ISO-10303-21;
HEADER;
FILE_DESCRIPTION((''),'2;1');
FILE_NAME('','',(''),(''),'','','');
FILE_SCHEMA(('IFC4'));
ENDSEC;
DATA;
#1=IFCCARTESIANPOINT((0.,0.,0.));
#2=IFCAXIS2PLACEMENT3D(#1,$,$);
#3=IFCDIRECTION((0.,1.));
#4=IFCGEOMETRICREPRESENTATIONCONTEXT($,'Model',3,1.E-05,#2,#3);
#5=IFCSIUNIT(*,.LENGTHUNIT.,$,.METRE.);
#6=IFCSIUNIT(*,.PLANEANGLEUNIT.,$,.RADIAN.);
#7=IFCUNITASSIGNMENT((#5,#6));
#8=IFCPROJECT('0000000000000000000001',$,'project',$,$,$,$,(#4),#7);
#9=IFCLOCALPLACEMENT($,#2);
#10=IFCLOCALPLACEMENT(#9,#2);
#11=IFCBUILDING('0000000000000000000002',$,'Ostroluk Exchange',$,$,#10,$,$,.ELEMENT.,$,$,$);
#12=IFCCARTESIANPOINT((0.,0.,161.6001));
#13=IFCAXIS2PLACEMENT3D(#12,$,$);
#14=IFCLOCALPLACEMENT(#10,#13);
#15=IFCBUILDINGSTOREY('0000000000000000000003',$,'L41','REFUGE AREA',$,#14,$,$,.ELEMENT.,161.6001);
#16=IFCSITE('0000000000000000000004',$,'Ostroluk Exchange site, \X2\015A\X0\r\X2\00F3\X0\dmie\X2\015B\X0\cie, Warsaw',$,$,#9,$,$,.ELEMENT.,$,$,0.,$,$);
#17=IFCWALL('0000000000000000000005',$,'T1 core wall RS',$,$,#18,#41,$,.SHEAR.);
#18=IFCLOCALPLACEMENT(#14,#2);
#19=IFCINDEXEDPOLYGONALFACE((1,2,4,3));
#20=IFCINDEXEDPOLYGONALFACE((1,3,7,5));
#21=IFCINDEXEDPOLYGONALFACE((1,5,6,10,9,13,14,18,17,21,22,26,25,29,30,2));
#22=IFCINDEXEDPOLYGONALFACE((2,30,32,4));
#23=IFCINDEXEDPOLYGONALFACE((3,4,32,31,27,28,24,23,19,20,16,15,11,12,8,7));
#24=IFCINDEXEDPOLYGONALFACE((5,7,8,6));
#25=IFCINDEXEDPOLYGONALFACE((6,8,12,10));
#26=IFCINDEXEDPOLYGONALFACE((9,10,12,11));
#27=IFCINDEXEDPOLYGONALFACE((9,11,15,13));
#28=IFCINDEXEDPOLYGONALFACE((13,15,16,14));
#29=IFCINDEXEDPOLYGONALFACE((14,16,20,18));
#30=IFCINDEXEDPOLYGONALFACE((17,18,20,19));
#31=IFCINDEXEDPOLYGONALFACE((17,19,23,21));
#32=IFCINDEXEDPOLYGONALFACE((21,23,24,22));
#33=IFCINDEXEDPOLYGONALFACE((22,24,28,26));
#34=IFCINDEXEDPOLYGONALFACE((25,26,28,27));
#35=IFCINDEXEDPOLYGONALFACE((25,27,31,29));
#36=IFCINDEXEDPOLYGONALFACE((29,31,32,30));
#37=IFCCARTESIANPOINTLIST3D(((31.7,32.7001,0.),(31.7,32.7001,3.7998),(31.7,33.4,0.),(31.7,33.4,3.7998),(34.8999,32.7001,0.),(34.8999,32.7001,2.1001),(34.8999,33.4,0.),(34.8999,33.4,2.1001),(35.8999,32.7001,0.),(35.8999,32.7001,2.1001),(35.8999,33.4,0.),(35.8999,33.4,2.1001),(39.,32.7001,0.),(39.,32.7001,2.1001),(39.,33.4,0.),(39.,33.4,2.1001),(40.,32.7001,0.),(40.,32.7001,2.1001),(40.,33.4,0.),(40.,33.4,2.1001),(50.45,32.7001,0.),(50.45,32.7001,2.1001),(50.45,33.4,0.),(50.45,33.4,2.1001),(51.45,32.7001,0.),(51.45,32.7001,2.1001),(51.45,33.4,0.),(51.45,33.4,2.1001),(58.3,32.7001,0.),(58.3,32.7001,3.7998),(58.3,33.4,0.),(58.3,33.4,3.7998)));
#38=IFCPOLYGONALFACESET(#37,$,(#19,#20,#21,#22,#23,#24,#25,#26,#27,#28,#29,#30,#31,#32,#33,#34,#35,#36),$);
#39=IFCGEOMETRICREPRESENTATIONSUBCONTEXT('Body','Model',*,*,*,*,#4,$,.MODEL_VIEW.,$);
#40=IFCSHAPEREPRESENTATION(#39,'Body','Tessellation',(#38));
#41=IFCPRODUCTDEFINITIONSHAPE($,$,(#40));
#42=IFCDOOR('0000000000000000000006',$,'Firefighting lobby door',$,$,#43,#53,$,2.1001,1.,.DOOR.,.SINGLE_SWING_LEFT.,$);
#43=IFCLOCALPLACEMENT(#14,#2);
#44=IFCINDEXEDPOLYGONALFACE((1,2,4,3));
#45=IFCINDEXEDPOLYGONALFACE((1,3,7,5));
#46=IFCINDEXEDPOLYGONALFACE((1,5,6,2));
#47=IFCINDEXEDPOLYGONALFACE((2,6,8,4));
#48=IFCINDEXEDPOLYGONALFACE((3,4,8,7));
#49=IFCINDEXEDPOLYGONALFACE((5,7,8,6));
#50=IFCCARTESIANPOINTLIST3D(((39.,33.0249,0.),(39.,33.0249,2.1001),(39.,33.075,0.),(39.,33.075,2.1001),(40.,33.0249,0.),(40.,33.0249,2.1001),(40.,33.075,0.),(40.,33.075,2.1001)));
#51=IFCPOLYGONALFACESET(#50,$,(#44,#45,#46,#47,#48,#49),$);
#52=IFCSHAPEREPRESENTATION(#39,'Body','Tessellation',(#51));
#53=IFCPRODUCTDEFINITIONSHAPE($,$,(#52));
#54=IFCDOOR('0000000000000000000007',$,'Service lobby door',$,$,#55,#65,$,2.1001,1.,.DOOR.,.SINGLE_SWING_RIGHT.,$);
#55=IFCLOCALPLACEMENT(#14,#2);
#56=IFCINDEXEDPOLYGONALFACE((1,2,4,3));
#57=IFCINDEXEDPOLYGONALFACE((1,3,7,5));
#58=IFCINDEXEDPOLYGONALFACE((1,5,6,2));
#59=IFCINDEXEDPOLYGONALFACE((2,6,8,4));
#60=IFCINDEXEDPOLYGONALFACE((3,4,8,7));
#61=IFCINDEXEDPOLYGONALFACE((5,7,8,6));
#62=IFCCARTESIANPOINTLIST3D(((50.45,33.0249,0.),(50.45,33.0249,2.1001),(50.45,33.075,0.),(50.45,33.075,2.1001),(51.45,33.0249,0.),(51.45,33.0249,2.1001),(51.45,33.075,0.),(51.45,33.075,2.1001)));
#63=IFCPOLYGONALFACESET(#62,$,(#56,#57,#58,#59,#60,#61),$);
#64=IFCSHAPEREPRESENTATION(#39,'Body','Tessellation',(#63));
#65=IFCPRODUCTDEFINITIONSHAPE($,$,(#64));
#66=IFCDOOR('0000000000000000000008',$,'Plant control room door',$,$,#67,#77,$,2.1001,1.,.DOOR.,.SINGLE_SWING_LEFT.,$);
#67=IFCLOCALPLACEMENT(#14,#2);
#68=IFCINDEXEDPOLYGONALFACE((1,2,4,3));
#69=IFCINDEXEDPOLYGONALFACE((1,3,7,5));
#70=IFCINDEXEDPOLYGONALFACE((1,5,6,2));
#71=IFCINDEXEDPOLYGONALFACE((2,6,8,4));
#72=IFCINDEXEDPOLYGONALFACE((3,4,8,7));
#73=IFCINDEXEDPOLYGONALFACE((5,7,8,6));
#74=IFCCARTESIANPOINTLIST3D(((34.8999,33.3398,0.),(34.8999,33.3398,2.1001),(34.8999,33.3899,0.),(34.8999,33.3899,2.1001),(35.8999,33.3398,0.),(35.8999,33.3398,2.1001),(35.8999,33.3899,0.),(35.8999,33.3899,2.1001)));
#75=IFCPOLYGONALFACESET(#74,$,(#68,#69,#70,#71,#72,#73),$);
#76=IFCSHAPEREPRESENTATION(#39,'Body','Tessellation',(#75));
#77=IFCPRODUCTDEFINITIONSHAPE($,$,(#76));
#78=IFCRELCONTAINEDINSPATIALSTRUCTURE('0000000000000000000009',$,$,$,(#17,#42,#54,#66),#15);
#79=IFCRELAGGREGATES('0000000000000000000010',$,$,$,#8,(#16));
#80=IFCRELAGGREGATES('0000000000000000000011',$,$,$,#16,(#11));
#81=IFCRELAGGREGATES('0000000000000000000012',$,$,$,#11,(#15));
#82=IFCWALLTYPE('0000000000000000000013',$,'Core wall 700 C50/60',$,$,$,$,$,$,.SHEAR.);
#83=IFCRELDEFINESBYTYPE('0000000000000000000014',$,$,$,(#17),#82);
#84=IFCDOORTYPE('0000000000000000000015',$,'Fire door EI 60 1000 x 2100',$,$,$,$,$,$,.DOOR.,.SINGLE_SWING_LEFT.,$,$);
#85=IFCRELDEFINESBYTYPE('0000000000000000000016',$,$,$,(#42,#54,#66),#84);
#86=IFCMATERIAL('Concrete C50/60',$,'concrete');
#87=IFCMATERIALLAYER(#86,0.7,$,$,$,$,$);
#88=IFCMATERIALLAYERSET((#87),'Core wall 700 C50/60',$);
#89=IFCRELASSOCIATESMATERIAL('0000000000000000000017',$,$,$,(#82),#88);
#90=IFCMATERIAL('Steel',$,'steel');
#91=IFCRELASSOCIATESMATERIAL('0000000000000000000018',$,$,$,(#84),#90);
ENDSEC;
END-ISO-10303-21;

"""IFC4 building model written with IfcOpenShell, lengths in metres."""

from ifc_helpers import new_model, si_unit, direction, frame, frame_2d, origin, place, context, subcontext, project, spatial, rectangle, extrude, material, layer, layer_set, type_object, element, fill, save


model = new_model("IFC4")

# Units and contexts
model_context = context("Model", 3, precision=1e-05, world=origin(), true_north=direction((0.0, 1.0)))
body_context = subcontext(model_context, "Body", "Model", "MODEL_VIEW")
ifc_project = project(units=[si_unit("LENGTHUNIT", "METRE"), si_unit("PLANEANGLEUNIT", "RADIAN")], contexts=[model_context])

# Site, building, storey
site_placement = place(None, origin())
site = spatial("IfcSite", under=ifc_project, at=site_placement, Name="Ostroluk Exchange site, Śródmieście, Warsaw", CompositionType="ELEMENT", RefElevation=0.0)
building_placement = place(site_placement, origin())
building = spatial("IfcBuilding", under=site, at=building_placement, Name="Ostroluk Exchange", CompositionType="ELEMENT")
storey_placement = place(building_placement, frame((0.0, 0.0, 161.6001)))
storey = spatial("IfcBuildingStorey", under=building, at=storey_placement, Name="L41", Description="REFUGE AREA", CompositionType="ELEMENT", Elevation=161.6001)

# Wall, openings, doors
ifc_material_1 = material(Name="Concrete C50/60", Category="concrete")
ifc_layer_1 = layer(ifc_material_1, 0.7)
ifc_layer_set_1 = layer_set([ifc_layer_1], Name="Core wall 700 C50/60")
wall_type_1 = type_object("IfcWallType", Name="Core wall 700 C50/60", PredefinedType="SHEAR", material=ifc_layer_set_1)
wall_1_placement = place(storey_placement, frame((31.7, 33.05, 0.0), z_axis=(0.0, 0.0, 1.0), x_axis=(1.0, 0.0, 0.0)))
wall_1 = element("IfcWall", 1, at=wall_1_placement, inside=storey, type_object=wall_type_1, Name="T1 core wall RS", PredefinedType="SHEAR", context=body_context, shape_type="SweptSolid", body=[
    extrude(rectangle(XDim=26.6001, YDim=0.7, at=frame_2d((13.3, 0.0))), origin(), (0.0, 0.0, 1.0), 3.7998),
])
opening_1_placement = place(wall_1_placement, frame((7.3, 0.0, 0.0)))
opening_1 = element("IfcOpeningElement", 2, at=opening_1_placement, cuts=wall_1, PredefinedType="OPENING", context=body_context, shape_type="SweptSolid", body=[
    extrude(rectangle(XDim=1.0, YDim=2.1001, at=frame_2d((0.5, 1.05))), frame((0.0, 0.3599, 0.0), z_axis=(0.0, -1.0, 0.0), x_axis=(1.0, 0.0, 0.0)), (0.0, 0.0, 1.0), 0.72),
])
opening_2_placement = place(wall_1_placement, frame((18.75, 0.0, 0.0)))
opening_2 = element("IfcOpeningElement", 3, at=opening_2_placement, cuts=wall_1, PredefinedType="OPENING", context=body_context, shape_type="SweptSolid", body=[
    extrude(rectangle(XDim=1.0, YDim=2.1001, at=frame_2d((0.5, 1.05))), frame((0.0, 0.3599, 0.0), z_axis=(0.0, -1.0, 0.0), x_axis=(1.0, 0.0, 0.0)), (0.0, 0.0, 1.0), 0.72),
])
opening_3_placement = place(wall_1_placement, frame((3.2, 0.0, 0.0)))
opening_3 = element("IfcOpeningElement", 4, at=opening_3_placement, cuts=wall_1, PredefinedType="OPENING", context=body_context, shape_type="SweptSolid", body=[
    extrude(rectangle(XDim=1.0, YDim=2.1001, at=frame_2d((0.5, 1.05))), frame((0.0, 0.3599, 0.0), z_axis=(0.0, -1.0, 0.0), x_axis=(1.0, 0.0, 0.0)), (0.0, 0.0, 1.0), 0.72),
])
ifc_material_2 = material(Name="Steel", Category="steel")
door_type_1 = type_object("IfcDoorType", Name="Fire door EI 60 1000 x 2100", OperationType="SINGLE_SWING_LEFT", PredefinedType="DOOR", material=ifc_material_2)
door_1_placement = place(opening_1_placement, origin())
door_1 = element("IfcDoor", 5, at=door_1_placement, inside=storey, type_object=door_type_1, Name="Firefighting lobby door", OperationType="SINGLE_SWING_LEFT", OverallHeight=2.1001, OverallWidth=1.0, PredefinedType="DOOR", context=body_context, shape_type="SweptSolid", body=[
    extrude(rectangle(XDim=1.0, YDim=2.1001, at=frame_2d((0.5, 1.05))), frame((0.0, 0.0249, 0.0), z_axis=(0.0, -1.0, 0.0), x_axis=(1.0, 0.0, 0.0)), (0.0, 0.0, 1.0), 0.05),
])
fill(opening_1, door_1)
door_2_placement = place(opening_2_placement, origin())
door_2 = element("IfcDoor", 6, at=door_2_placement, inside=storey, type_object=door_type_1, Name="Service lobby door", OperationType="SINGLE_SWING_RIGHT", OverallHeight=2.1001, OverallWidth=1.0, PredefinedType="DOOR", context=body_context, shape_type="SweptSolid", body=[
    extrude(rectangle(XDim=1.0, YDim=2.1001, at=frame_2d((0.5, 1.05))), frame((0.0, 0.0249, 0.0), z_axis=(0.0, -1.0, 0.0), x_axis=(1.0, 0.0, 0.0)), (0.0, 0.0, 1.0), 0.05),
])
fill(opening_2, door_2)
door_3_placement = place(opening_3_placement, origin())
door_3 = element("IfcDoor", 7, at=door_3_placement, inside=storey, type_object=door_type_1, Name="Plant control room door", OperationType="SINGLE_SWING_LEFT", OverallHeight=2.1001, OverallWidth=1.0, PredefinedType="DOOR", context=body_context, shape_type="SweptSolid", body=[
    extrude(rectangle(XDim=1.0, YDim=2.1001, at=frame_2d((0.5, 1.05))), frame((0.0, 0.3398, 0.0), z_axis=(0.0, -1.0, 0.0), x_axis=(1.0, 0.0, 0.0)), (0.0, 0.0, 1.0), 0.05),
])
fill(opening_3, door_3)

save(model, "model.ifc")
